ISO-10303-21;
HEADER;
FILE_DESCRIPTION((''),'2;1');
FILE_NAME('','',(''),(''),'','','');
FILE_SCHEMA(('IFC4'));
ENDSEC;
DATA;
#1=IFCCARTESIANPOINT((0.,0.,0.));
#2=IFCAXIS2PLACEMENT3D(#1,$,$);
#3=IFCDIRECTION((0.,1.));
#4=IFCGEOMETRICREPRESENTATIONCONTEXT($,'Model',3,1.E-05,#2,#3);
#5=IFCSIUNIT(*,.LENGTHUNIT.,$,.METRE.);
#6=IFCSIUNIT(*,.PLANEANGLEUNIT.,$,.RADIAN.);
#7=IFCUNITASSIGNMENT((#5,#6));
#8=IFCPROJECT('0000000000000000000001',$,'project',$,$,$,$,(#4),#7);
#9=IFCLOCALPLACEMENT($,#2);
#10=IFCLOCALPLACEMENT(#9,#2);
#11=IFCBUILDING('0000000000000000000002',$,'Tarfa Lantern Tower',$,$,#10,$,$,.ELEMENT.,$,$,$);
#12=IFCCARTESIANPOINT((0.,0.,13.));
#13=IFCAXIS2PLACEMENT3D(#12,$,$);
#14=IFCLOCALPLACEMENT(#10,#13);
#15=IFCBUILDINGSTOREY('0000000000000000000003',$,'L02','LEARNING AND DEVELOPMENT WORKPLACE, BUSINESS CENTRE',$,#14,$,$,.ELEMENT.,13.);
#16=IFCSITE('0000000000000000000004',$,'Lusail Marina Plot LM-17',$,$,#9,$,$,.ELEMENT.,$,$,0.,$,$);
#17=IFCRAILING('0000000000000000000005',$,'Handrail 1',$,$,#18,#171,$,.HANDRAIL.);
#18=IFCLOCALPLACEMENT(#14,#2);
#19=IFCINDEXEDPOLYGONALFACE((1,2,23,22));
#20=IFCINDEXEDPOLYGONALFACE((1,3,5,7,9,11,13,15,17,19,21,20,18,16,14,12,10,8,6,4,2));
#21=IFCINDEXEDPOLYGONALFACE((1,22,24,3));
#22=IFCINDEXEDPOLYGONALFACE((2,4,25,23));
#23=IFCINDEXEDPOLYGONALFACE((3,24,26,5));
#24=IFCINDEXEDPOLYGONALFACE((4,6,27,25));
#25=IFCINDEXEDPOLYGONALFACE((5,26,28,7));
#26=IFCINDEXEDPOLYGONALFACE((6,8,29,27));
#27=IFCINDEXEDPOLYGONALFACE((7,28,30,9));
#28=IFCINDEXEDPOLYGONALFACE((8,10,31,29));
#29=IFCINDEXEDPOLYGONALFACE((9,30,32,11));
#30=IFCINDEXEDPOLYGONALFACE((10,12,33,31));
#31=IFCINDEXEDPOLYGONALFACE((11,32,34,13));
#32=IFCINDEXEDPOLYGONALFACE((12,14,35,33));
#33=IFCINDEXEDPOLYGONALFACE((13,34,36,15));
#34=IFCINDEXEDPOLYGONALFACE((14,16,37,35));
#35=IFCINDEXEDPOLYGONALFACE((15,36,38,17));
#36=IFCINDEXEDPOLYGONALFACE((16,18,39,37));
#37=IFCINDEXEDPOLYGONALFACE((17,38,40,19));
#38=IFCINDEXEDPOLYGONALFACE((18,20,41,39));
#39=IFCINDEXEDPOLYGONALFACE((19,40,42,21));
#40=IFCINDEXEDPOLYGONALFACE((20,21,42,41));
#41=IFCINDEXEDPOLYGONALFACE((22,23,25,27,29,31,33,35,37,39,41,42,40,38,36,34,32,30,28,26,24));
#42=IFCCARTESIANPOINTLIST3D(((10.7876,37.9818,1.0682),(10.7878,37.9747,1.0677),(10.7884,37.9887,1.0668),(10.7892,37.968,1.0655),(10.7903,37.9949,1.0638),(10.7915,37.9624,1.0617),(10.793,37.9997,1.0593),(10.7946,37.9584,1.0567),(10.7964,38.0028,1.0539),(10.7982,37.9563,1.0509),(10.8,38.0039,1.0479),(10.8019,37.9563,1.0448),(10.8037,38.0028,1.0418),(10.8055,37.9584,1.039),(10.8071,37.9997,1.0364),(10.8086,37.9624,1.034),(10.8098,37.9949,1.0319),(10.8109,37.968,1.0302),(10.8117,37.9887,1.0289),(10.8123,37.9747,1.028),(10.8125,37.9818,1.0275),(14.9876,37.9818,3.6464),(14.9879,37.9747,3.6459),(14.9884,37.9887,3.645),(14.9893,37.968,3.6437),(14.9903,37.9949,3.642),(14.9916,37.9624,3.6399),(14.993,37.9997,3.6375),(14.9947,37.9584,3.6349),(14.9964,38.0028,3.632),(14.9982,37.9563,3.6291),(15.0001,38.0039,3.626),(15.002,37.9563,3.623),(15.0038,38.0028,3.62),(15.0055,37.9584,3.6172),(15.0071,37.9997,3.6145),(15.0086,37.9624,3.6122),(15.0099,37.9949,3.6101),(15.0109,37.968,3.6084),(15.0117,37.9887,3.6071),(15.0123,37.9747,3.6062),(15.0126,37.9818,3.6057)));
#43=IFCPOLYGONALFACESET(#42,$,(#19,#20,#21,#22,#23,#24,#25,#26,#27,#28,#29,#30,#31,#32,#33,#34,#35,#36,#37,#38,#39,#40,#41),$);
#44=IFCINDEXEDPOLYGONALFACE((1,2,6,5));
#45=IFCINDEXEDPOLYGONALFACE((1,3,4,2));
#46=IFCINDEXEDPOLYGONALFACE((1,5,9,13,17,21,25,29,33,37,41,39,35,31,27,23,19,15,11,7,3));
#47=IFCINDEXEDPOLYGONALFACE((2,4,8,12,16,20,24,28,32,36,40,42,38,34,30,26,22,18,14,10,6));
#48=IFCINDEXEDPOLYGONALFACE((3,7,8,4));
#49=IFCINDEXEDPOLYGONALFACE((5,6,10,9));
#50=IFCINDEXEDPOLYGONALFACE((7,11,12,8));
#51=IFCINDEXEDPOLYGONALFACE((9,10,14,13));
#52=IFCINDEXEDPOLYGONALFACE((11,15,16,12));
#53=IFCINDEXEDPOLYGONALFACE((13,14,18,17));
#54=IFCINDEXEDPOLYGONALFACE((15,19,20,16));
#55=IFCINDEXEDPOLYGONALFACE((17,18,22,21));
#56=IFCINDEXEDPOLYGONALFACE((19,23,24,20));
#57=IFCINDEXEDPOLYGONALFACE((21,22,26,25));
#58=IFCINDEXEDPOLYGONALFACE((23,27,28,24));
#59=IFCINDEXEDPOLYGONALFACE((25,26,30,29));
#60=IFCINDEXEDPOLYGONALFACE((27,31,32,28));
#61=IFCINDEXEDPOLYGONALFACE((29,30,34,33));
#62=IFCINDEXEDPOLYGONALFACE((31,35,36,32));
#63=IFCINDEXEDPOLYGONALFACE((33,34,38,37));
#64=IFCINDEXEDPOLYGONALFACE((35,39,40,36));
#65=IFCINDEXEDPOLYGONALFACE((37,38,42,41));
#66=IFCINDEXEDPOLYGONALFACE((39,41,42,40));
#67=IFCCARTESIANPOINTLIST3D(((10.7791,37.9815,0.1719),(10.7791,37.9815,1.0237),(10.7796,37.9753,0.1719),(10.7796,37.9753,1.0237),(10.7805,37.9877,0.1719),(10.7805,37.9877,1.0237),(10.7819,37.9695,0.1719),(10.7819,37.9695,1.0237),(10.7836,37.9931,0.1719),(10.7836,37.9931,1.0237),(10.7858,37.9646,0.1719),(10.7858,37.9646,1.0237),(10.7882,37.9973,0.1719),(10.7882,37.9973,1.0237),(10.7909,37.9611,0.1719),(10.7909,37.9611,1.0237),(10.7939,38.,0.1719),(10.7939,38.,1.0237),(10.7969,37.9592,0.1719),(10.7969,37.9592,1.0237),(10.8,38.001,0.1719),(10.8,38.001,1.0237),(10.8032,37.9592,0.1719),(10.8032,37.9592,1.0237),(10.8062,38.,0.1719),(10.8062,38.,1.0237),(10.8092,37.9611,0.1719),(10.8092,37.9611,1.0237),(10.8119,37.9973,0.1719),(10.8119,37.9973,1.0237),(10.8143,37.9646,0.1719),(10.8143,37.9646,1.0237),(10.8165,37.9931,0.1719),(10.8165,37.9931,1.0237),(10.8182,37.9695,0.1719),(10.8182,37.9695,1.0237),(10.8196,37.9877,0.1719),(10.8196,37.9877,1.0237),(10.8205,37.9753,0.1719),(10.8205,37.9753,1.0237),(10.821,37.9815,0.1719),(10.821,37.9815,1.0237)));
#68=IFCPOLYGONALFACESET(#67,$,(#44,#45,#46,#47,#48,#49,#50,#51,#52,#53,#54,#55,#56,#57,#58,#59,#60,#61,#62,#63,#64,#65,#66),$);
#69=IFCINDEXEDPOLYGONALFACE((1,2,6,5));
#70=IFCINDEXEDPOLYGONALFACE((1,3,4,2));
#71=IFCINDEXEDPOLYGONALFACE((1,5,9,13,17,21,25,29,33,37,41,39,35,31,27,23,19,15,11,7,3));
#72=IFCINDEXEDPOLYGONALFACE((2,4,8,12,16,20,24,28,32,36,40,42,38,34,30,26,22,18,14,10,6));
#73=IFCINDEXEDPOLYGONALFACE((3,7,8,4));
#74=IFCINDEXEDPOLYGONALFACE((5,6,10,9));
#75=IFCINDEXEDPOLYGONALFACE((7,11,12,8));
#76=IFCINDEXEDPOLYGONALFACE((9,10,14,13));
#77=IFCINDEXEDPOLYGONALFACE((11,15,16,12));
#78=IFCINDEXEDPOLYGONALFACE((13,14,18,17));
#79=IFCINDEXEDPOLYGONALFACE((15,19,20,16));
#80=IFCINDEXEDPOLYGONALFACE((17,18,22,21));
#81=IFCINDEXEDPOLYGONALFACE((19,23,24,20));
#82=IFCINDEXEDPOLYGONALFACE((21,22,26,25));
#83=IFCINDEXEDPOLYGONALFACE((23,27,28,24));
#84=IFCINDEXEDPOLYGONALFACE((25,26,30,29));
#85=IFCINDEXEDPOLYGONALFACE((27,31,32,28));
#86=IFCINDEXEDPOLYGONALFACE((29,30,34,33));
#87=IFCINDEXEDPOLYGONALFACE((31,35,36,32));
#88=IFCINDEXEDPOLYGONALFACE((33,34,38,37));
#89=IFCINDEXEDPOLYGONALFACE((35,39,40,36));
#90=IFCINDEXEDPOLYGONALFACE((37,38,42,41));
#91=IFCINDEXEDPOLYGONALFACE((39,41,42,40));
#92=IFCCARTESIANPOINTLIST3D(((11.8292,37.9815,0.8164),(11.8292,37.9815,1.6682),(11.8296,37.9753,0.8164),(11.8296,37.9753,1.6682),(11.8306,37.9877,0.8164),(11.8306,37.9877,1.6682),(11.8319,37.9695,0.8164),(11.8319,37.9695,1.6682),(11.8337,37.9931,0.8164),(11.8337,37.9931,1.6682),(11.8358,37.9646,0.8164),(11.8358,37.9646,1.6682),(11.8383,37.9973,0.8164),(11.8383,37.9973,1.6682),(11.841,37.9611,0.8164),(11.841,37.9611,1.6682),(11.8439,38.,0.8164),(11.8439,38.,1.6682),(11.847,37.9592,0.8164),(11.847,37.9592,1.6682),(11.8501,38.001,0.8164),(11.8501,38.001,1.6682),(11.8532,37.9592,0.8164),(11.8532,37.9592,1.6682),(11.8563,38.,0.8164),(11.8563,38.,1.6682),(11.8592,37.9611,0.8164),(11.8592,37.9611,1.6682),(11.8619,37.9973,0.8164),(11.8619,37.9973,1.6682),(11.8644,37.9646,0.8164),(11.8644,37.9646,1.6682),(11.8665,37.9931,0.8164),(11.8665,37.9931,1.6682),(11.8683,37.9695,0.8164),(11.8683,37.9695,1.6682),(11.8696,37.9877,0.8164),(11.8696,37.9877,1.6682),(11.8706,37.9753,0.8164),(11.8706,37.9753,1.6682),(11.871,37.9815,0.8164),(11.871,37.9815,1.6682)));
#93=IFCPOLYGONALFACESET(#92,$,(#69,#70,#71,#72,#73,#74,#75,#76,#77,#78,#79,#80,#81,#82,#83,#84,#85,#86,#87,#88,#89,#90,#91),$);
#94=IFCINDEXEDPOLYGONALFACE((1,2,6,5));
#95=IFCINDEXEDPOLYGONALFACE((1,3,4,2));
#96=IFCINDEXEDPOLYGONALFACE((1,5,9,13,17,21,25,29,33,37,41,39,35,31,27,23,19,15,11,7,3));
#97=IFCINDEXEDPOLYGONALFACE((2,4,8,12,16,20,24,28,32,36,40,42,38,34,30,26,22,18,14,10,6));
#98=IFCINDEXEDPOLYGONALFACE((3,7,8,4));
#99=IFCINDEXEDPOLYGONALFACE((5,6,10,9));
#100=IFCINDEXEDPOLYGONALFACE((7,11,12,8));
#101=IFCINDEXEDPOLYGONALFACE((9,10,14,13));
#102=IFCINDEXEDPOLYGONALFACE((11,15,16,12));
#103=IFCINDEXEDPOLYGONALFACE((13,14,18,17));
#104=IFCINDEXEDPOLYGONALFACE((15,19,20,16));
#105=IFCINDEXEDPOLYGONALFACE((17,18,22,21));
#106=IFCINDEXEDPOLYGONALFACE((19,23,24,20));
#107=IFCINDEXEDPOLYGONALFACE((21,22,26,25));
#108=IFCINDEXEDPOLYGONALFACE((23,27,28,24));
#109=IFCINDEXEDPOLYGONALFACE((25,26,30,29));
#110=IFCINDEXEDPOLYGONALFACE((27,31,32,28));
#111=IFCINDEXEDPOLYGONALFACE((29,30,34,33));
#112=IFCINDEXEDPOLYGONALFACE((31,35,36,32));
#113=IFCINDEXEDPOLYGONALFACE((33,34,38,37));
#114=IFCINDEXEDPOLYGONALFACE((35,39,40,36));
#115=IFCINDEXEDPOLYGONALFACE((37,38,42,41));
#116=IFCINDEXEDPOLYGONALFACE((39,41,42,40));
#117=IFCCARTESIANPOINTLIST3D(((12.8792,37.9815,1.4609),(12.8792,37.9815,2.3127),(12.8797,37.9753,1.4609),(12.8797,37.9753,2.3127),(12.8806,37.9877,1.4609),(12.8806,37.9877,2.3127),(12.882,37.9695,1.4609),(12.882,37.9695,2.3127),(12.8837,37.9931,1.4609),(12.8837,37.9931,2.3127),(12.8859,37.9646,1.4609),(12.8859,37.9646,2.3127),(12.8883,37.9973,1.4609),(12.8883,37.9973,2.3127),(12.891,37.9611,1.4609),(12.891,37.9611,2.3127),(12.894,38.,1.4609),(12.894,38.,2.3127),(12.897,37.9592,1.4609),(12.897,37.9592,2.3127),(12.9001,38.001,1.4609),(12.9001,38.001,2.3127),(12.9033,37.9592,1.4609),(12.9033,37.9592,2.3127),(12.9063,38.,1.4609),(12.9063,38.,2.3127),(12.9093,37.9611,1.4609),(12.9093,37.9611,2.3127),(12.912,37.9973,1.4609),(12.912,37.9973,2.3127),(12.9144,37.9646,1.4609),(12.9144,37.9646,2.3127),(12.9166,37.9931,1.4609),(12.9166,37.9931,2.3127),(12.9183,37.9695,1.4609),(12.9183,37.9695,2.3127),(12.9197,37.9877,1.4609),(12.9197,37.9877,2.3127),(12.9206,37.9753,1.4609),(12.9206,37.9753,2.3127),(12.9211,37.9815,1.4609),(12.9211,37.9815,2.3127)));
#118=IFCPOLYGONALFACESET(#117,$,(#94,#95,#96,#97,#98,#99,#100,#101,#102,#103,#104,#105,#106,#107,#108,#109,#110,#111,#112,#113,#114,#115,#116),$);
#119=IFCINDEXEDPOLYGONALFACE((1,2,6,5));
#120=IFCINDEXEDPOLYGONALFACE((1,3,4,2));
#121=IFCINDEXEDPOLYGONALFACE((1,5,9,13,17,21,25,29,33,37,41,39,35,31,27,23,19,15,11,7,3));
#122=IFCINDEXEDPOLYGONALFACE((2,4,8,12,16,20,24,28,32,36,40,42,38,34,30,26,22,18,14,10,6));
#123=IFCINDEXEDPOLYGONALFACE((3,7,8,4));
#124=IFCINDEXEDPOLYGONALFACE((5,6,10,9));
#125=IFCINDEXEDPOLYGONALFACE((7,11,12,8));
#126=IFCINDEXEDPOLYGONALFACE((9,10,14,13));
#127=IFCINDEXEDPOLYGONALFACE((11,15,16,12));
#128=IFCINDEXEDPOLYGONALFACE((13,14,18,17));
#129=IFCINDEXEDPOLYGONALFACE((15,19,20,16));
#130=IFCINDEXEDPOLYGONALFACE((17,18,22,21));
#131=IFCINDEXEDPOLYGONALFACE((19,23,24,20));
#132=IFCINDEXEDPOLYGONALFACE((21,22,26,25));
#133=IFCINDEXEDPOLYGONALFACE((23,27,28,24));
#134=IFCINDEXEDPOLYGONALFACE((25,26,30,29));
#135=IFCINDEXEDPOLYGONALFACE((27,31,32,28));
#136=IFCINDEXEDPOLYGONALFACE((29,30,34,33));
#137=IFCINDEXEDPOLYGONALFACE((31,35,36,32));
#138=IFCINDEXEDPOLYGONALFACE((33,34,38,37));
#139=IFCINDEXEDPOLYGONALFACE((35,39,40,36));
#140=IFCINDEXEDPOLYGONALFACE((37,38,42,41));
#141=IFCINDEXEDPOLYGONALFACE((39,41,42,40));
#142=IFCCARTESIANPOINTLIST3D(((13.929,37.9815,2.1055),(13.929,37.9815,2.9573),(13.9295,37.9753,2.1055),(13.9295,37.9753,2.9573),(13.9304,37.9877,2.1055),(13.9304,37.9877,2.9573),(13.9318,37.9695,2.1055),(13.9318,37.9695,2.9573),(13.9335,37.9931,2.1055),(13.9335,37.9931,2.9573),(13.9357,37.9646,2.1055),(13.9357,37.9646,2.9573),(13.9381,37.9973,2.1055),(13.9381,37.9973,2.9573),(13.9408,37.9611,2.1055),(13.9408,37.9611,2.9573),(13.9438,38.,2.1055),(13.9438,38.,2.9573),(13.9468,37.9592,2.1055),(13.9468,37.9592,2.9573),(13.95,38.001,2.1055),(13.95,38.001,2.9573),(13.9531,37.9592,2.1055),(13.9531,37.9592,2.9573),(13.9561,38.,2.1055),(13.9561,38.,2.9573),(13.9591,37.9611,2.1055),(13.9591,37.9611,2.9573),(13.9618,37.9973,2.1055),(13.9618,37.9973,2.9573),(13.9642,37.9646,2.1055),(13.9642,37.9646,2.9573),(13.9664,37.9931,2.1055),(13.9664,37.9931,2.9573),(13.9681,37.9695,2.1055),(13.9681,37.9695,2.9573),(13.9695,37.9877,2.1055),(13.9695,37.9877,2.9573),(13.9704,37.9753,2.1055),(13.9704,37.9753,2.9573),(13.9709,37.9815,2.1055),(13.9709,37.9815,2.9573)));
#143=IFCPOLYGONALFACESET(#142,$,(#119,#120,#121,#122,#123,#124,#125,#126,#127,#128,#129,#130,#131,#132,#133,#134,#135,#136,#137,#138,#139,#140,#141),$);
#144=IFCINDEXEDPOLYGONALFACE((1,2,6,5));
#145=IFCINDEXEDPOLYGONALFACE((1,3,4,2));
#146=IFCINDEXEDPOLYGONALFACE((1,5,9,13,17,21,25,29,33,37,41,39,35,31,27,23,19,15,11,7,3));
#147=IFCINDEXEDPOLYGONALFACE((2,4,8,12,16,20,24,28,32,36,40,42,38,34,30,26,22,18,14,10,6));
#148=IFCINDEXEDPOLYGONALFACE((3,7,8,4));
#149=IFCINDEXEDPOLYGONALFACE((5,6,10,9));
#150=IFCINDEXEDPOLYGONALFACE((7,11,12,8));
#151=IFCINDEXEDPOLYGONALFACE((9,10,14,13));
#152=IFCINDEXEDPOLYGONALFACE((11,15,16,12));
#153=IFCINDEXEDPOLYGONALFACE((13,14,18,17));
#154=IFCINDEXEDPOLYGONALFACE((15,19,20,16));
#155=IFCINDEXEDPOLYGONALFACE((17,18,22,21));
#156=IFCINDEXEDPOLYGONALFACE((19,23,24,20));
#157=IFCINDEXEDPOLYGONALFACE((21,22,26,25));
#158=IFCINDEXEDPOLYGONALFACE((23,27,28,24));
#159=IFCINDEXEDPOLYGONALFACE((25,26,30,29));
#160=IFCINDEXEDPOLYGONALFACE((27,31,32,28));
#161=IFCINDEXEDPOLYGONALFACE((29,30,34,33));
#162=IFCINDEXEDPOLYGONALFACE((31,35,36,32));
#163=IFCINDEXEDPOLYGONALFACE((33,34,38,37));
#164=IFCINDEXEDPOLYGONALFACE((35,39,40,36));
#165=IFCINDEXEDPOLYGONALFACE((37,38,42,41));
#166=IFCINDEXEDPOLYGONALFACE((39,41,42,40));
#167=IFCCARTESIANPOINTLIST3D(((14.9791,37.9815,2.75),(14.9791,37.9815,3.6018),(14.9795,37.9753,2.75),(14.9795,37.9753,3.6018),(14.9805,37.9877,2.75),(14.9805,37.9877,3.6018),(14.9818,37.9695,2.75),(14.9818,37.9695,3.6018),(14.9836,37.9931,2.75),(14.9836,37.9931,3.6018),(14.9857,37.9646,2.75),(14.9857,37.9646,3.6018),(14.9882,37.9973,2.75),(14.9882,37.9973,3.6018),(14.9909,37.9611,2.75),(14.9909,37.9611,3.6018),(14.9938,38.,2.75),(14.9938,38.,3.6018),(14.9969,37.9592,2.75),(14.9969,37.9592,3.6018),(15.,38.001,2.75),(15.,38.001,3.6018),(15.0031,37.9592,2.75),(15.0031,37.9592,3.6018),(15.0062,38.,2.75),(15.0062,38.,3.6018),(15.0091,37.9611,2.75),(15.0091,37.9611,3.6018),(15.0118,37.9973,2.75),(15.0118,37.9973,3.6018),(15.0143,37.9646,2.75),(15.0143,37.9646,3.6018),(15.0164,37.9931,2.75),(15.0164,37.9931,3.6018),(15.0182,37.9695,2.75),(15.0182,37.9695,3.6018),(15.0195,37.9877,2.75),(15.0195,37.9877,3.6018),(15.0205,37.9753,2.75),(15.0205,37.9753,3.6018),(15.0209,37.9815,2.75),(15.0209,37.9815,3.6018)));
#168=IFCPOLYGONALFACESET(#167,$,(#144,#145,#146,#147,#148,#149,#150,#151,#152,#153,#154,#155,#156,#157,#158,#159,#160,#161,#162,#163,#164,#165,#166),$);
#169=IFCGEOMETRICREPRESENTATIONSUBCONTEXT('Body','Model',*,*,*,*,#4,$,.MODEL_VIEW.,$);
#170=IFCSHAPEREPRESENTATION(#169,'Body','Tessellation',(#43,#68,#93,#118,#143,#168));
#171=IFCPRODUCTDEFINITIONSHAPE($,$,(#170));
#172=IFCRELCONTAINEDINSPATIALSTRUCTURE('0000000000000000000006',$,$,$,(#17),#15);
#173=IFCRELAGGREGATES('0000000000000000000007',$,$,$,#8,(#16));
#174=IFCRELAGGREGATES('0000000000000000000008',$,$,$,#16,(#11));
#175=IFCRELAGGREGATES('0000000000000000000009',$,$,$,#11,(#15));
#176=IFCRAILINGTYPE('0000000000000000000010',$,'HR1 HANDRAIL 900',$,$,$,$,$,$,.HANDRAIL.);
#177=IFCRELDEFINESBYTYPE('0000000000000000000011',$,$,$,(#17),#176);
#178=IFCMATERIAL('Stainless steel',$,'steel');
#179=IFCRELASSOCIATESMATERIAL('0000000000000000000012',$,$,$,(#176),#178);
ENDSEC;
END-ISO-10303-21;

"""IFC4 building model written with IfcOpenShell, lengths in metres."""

from ifc_helpers import new_model, si_unit, direction, frame, origin, origin_2d, place, context, subcontext, project, spatial, circle, extrude, material, type_object, element, save


model = new_model("IFC4")

# Units and contexts
model_context = context("Model", 3, precision=1e-05, world=origin(), true_north=direction((0.0, 1.0)))
body_context = subcontext(model_context, "Body", "Model", "MODEL_VIEW")
ifc_project = project(units=[si_unit("LENGTHUNIT", "METRE"), si_unit("PLANEANGLEUNIT", "RADIAN")], contexts=[model_context])

# Site, building, storey
site_placement = place(None, origin())
site = spatial("IfcSite", under=ifc_project, at=site_placement, Name="Lusail Marina Plot LM-17", CompositionType="ELEMENT", RefElevation=0.0)
building_placement = place(site_placement, origin())
building = spatial("IfcBuilding", under=site, at=building_placement, Name="Tarfa Lantern Tower", CompositionType="ELEMENT")
storey_placement = place(building_placement, frame((0.0, 0.0, 13.0)))
storey = spatial("IfcBuildingStorey", under=building, at=storey_placement, Name="L02", Description="LEARNING AND DEVELOPMENT WORKPLACE, BUSINESS CENTRE", CompositionType="ELEMENT", Elevation=13.0)

# Railing
ifc_material_1 = material(Name="Stainless steel", Category="steel")
railing_type = type_object("IfcRailingType", Name="HR1 HANDRAIL 900", PredefinedType="HANDRAIL", material=ifc_material_1)
railing_1_placement = place(storey_placement, frame((10.8, 37.98, 0.1719)))
element("IfcRailing", 1, at=railing_1_placement, inside=storey, type_object=railing_type, Name="Handrail 1", PredefinedType="HANDRAIL", context=body_context, shape_type="SweptSolid", body=[
    extrude(circle(Radius=0.0239, at=origin_2d()), frame((0.0, 0.0, 0.876), z_axis=(0.852243, 0.0, 0.523146), x_axis=(0.0, 1.0, 0.0)), (0.0, 0.0, 1.0), 4.9282),
    extrude(circle(Radius=0.021, at=origin_2d()), frame((0.0, 0.0, 0.0), z_axis=(0.0, 0.0, 1.0), x_axis=(0.0, 1.0, 0.0)), (0.0, 0.0, 1.0), 0.8518),
    extrude(circle(Radius=0.021, at=origin_2d()), frame((1.05, 0.0, 0.6445), z_axis=(0.0, 0.0, 1.0), x_axis=(0.0, 1.0, 0.0)), (0.0, 0.0, 1.0), 0.8518),
    extrude(circle(Radius=0.021, at=origin_2d()), frame((2.1001, 0.0, 1.2891), z_axis=(0.0, 0.0, 1.0), x_axis=(0.0, 1.0, 0.0)), (0.0, 0.0, 1.0), 0.8518),
    extrude(circle(Radius=0.021, at=origin_2d()), frame((3.1499, 0.0, 1.9336), z_axis=(0.0, 0.0, 1.0), x_axis=(0.0, 1.0, 0.0)), (0.0, 0.0, 1.0), 0.8518),
    extrude(circle(Radius=0.021, at=origin_2d()), frame((4.2, 0.0, 2.5781), z_axis=(0.0, 0.0, 1.0), x_axis=(0.0, 1.0, 0.0)), (0.0, 0.0, 1.0), 0.8518),
])

save(model, "model.ifc")
